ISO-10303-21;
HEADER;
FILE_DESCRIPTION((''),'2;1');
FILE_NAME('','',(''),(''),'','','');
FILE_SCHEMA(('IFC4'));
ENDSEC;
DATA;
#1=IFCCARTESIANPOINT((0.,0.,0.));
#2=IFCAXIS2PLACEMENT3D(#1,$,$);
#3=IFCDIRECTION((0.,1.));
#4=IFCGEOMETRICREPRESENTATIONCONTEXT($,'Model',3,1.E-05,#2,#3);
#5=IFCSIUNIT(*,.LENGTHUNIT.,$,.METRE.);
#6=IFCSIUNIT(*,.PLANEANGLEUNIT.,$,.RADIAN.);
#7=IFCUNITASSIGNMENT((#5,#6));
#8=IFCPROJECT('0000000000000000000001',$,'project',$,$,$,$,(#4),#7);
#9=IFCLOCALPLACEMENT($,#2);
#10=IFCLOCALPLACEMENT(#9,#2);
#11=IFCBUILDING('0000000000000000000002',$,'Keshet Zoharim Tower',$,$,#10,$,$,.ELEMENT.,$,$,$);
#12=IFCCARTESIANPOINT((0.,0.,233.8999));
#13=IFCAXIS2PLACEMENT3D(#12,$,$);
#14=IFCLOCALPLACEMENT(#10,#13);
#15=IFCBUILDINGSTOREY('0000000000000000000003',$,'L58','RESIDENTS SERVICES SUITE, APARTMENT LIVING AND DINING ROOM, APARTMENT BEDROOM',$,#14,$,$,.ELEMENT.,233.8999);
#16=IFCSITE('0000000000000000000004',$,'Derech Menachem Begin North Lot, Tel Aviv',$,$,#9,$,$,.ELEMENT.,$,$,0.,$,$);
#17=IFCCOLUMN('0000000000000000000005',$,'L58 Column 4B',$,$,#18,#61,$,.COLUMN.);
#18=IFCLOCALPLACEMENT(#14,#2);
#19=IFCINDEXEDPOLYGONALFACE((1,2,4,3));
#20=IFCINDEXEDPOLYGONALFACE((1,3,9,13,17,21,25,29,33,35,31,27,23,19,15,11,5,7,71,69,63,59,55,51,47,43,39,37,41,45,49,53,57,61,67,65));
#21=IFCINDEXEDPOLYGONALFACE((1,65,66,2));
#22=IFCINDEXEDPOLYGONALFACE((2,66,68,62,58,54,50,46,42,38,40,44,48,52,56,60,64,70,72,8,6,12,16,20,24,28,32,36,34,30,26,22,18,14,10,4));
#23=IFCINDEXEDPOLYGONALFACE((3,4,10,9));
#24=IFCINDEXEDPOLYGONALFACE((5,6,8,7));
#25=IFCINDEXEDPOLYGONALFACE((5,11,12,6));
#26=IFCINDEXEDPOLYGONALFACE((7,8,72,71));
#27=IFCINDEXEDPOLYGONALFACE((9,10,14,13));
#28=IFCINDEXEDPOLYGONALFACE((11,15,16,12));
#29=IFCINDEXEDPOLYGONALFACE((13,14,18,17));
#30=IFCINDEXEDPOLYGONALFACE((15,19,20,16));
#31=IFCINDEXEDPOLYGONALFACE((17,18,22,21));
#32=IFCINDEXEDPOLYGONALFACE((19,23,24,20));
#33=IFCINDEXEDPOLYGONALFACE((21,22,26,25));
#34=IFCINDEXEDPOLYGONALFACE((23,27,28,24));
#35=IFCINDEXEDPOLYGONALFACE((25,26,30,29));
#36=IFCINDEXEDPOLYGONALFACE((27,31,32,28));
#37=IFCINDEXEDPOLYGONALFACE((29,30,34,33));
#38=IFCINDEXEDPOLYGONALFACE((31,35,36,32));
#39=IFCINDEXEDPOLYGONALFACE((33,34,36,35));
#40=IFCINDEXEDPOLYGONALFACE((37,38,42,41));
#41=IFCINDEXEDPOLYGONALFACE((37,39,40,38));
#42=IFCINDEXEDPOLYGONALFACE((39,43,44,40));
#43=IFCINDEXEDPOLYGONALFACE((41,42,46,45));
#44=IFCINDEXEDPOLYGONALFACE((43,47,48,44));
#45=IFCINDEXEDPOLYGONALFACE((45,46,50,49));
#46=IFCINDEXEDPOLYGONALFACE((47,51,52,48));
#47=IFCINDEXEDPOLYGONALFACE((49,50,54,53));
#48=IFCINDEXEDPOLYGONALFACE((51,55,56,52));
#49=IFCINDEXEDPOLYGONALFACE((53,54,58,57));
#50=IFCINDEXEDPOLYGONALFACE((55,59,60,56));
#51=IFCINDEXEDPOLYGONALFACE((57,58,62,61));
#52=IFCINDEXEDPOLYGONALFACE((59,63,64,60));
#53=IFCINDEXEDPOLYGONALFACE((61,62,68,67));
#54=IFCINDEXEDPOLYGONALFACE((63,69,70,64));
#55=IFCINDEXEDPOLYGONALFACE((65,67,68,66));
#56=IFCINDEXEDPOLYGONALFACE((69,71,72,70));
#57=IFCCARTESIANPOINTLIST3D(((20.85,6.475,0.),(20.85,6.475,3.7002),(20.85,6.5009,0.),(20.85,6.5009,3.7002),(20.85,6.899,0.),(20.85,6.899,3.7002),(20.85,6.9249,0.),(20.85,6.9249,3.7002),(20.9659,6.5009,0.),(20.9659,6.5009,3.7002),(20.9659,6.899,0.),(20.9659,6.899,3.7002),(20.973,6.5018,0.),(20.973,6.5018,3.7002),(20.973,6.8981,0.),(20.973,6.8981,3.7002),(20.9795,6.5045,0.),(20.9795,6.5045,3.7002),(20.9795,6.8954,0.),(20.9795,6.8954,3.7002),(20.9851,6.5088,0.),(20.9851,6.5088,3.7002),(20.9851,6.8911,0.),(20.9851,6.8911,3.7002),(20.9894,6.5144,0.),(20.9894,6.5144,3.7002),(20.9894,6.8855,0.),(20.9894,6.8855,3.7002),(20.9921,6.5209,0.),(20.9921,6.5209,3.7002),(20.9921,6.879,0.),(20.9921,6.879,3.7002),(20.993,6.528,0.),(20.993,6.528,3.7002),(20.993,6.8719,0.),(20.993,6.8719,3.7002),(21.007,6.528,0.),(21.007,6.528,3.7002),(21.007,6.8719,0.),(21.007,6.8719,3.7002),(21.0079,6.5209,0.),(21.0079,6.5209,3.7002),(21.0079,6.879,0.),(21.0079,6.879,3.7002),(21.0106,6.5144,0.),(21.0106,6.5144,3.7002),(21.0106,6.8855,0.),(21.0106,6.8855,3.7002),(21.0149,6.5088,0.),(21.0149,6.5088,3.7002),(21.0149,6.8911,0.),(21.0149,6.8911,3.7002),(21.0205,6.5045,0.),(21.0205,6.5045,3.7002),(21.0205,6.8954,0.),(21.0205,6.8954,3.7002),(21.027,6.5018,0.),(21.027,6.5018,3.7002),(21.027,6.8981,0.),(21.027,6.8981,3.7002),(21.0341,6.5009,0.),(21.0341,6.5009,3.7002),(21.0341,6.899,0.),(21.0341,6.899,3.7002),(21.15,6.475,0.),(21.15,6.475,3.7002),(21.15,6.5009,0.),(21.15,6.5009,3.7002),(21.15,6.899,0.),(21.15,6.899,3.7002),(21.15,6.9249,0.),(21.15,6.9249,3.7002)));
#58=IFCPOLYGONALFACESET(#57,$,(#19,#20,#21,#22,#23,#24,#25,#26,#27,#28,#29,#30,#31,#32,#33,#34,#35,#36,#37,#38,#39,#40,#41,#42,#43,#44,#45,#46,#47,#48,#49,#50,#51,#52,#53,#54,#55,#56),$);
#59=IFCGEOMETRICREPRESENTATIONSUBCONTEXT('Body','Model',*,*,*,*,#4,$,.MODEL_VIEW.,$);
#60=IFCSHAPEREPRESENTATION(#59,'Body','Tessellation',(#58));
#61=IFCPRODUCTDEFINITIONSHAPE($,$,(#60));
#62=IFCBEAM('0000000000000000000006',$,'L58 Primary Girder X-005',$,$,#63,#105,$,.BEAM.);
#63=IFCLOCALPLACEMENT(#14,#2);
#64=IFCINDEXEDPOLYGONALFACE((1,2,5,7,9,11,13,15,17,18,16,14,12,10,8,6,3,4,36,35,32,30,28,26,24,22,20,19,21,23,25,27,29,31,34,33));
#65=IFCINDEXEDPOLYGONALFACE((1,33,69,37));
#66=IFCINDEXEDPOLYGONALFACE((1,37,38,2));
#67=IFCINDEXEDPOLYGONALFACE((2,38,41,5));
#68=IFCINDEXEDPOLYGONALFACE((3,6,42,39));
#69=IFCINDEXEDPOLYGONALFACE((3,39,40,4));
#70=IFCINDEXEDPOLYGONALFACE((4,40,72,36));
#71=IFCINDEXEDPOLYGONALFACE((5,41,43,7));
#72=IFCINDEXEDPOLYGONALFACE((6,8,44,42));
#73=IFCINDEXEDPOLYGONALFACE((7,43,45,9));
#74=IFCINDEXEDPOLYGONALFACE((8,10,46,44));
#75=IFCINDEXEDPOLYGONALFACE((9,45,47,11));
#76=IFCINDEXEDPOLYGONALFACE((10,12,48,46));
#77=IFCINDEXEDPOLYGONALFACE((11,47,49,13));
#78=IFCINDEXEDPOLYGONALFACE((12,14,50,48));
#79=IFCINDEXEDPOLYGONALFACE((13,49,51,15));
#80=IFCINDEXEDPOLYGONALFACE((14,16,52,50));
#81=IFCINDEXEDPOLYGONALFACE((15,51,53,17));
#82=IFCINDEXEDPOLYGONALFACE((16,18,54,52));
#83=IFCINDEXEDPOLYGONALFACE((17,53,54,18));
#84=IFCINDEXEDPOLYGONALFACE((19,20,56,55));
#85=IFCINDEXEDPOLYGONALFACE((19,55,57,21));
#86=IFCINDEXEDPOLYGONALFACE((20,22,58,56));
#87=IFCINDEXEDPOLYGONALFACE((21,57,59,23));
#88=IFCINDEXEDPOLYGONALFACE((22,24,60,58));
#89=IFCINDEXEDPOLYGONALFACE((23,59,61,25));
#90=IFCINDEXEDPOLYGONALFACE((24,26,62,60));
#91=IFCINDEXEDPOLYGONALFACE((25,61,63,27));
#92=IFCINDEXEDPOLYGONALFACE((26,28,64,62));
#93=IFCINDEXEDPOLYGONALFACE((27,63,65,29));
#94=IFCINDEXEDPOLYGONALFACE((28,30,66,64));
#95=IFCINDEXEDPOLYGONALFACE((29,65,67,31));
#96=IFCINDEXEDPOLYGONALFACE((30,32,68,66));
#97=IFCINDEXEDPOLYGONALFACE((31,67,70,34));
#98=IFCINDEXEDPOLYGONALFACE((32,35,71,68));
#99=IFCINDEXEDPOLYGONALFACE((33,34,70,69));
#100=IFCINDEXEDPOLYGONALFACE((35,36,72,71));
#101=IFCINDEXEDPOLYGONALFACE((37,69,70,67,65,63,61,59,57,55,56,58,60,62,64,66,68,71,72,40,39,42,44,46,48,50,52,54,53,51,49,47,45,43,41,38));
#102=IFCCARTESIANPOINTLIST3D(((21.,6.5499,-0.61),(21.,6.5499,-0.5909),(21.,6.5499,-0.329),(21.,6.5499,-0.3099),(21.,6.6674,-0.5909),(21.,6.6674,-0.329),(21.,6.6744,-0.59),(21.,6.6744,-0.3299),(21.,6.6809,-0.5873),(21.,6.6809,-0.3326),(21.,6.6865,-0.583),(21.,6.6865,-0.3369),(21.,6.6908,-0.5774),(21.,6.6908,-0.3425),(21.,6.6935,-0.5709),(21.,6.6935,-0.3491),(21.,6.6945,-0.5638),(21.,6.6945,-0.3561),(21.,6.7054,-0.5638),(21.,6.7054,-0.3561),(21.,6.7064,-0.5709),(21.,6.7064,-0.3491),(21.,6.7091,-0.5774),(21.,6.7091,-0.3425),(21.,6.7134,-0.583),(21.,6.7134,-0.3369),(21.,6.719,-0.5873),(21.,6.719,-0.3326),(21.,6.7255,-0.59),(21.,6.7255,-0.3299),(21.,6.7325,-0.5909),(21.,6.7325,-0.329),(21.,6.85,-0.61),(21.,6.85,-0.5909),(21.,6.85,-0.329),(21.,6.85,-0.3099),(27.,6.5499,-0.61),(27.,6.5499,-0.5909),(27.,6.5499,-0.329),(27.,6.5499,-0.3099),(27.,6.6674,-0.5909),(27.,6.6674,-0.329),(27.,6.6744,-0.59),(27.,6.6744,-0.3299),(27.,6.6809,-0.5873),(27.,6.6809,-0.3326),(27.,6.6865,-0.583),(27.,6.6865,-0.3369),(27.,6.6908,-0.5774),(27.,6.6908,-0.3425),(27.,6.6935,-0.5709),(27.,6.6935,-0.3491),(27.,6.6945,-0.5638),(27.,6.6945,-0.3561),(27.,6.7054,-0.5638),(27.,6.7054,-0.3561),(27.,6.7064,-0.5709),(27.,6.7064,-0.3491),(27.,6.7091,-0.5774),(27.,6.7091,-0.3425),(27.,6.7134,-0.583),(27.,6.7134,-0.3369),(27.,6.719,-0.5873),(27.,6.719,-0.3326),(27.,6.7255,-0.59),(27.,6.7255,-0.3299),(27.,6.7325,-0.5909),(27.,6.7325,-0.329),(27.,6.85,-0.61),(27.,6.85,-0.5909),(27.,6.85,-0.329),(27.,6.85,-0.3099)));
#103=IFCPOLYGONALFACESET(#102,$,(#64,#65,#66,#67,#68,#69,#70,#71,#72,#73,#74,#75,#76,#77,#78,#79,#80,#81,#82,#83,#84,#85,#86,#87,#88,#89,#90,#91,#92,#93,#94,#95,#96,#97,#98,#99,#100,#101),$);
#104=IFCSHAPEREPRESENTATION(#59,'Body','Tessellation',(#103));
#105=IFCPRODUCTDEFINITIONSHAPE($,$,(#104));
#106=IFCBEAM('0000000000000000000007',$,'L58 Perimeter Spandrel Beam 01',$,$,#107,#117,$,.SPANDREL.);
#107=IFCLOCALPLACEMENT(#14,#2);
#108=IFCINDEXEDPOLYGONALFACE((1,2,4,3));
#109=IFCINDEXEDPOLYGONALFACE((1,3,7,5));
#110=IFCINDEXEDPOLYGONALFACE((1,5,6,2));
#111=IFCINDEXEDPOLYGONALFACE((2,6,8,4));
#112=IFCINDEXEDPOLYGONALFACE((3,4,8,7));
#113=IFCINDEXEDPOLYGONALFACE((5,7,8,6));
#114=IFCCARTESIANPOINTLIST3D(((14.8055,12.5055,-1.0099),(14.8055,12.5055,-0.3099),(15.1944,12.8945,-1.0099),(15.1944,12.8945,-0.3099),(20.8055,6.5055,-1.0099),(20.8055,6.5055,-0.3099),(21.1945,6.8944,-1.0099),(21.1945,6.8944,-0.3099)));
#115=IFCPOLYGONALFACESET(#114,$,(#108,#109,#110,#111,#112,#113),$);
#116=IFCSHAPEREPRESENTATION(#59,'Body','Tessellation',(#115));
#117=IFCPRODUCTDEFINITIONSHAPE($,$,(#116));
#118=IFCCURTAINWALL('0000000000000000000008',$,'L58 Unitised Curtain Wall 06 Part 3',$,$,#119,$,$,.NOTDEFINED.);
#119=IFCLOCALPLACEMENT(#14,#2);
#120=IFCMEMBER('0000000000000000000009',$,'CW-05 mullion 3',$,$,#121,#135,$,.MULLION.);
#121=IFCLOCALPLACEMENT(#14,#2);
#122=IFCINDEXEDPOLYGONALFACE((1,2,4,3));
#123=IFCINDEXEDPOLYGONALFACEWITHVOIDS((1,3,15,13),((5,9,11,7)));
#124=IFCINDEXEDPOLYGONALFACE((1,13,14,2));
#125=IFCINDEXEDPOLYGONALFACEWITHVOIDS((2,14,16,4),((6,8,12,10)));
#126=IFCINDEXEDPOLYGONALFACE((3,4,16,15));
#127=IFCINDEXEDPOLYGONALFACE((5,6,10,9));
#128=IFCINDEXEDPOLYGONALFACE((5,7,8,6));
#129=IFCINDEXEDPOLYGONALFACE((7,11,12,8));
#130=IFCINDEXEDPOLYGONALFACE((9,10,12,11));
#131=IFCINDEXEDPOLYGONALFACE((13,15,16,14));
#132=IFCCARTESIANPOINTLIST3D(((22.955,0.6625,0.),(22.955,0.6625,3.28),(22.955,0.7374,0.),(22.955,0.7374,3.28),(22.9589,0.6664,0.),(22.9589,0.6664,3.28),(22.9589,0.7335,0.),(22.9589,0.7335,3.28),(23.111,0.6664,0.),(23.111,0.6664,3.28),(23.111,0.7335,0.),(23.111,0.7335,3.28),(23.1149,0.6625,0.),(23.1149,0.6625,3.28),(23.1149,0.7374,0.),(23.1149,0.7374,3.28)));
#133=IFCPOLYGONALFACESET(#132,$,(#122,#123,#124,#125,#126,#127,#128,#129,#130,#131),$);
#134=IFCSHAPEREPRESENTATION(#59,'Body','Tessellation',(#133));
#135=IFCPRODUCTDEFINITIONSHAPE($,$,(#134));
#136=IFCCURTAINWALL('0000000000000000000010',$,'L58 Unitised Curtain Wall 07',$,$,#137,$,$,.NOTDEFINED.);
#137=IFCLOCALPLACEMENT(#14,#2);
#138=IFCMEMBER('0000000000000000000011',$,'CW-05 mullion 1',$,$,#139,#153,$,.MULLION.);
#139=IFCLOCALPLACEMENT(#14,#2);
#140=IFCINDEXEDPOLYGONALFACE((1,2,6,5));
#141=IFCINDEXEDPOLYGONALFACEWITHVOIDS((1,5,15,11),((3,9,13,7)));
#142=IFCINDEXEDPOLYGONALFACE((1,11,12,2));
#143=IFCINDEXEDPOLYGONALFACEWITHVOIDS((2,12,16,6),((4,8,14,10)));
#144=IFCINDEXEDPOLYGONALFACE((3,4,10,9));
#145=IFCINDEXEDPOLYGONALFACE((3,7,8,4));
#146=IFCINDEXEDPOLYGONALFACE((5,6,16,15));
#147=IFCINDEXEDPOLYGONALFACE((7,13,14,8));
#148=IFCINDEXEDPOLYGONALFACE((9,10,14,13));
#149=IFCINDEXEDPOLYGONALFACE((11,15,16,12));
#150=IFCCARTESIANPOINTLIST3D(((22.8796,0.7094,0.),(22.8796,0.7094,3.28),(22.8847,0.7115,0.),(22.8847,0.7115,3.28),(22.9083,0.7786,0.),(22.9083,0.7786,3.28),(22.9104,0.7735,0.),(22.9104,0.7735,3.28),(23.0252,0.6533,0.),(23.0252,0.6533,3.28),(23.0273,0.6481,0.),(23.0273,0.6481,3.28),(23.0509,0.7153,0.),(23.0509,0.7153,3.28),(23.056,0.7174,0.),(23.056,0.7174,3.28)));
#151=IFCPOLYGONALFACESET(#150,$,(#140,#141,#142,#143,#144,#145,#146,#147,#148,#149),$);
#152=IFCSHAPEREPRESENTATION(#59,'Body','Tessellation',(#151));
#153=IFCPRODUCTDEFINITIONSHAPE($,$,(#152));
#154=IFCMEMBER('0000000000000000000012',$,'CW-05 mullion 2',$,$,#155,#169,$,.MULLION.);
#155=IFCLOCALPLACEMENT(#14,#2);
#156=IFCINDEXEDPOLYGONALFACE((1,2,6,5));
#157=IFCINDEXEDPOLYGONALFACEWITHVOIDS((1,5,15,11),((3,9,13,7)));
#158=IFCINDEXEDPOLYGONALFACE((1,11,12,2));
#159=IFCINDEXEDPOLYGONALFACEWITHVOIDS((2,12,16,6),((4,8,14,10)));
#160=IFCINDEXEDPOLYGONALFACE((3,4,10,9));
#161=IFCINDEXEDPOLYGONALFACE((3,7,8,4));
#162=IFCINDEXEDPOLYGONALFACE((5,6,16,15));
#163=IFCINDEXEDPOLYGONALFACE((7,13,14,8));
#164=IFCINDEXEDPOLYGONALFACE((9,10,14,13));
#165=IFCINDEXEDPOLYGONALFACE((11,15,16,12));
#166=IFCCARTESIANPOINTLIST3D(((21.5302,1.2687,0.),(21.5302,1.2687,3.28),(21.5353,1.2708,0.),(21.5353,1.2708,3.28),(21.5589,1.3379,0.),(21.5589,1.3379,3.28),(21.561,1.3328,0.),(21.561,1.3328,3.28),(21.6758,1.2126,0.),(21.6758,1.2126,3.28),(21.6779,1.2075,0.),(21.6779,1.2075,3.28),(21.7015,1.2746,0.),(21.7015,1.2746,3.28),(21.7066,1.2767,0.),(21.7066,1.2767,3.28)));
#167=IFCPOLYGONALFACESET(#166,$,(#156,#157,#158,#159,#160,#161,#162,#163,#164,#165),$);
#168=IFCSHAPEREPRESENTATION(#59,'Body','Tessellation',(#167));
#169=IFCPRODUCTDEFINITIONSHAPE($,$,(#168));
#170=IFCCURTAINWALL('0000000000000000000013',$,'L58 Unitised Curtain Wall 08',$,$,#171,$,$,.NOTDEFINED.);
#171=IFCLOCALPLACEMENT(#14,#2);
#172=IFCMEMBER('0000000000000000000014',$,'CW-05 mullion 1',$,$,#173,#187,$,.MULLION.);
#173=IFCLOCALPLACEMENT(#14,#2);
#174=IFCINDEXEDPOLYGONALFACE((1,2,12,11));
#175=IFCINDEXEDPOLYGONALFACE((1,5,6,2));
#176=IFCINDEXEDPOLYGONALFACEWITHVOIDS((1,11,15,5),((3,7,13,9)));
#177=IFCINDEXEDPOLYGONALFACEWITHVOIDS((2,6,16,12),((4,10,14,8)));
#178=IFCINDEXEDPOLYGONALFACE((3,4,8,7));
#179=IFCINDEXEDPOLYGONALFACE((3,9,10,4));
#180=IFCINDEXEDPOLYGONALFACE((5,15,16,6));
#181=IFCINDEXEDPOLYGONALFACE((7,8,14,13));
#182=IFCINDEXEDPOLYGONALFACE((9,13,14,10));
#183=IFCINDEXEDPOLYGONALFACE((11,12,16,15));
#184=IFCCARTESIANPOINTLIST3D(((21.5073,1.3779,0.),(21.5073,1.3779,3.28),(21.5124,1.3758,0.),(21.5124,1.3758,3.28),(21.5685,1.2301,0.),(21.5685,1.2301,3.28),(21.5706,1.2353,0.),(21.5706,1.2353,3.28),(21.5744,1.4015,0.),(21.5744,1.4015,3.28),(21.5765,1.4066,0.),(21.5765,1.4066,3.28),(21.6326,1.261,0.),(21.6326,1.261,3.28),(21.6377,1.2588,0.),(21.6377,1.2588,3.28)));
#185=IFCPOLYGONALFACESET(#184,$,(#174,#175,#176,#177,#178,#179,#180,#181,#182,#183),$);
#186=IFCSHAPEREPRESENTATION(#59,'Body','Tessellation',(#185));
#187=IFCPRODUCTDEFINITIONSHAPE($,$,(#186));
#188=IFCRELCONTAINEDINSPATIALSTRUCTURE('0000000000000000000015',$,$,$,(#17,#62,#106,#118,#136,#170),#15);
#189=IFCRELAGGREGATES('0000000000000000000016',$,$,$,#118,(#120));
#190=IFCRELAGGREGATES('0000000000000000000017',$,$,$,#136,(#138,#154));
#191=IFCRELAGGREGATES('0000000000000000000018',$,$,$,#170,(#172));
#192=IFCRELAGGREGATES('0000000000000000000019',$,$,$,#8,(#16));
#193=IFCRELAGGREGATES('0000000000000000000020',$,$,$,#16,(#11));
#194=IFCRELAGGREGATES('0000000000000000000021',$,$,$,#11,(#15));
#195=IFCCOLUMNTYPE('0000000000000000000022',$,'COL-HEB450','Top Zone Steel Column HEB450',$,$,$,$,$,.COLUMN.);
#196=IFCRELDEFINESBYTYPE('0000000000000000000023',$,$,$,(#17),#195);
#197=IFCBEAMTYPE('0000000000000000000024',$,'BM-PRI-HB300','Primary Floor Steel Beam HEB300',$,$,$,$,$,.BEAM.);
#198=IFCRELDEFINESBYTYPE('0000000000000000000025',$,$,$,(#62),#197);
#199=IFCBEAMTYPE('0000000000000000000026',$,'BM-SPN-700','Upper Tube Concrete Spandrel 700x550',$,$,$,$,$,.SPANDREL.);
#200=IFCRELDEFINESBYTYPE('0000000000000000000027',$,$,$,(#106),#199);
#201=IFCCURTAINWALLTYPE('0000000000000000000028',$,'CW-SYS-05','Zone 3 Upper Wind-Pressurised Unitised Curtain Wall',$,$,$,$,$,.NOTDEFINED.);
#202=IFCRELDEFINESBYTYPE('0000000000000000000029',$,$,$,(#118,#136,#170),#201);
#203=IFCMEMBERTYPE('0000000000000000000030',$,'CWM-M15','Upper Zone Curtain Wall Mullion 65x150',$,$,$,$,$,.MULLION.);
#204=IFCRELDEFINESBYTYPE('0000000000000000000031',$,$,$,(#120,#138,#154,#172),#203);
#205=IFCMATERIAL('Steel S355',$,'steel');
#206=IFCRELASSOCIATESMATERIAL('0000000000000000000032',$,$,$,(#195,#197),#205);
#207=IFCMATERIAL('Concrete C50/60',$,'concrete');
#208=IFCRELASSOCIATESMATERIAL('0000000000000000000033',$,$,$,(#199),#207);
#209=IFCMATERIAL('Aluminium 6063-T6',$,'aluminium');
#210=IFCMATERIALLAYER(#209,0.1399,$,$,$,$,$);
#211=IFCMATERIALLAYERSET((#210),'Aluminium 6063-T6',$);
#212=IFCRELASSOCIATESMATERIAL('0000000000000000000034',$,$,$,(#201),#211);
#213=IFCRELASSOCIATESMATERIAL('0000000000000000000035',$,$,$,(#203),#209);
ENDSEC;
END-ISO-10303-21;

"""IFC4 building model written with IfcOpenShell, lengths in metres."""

from ifc_helpers import new_model, si_unit, direction, frame, origin, origin_2d, place, context, subcontext, project, spatial, rectangle, hollow_rectangle, i_section, extrude, material, layer, layer_set, material_profile, profile_set, type_object, element, aggregate, save


model = new_model("IFC4")

# Units and contexts
model_context = context("Model", 3, precision=1e-05, world=origin(), true_north=direction((0.0, 1.0)))
body_context = subcontext(model_context, "Body", "Model", "MODEL_VIEW")
ifc_project = project(units=[si_unit("LENGTHUNIT", "METRE"), si_unit("PLANEANGLEUNIT", "RADIAN")], contexts=[model_context])

# Site, building, storey
site_placement = place(None, origin())
site = spatial("IfcSite", under=ifc_project, at=site_placement, Name="Derech Menachem Begin North Lot, Tel Aviv", CompositionType="ELEMENT", RefElevation=0.0)
building_placement = place(site_placement, origin())
building = spatial("IfcBuilding", under=site, at=building_placement, Name="Keshet Zoharim Tower", CompositionType="ELEMENT")
storey_placement = place(building_placement, frame((0.0, 0.0, 233.8999)))
storey = spatial("IfcBuildingStorey", under=building, at=storey_placement, Name="L58", Description="RESIDENTS SERVICES SUITE, APARTMENT LIVING AND DINING ROOM, APARTMENT BEDROOM", CompositionType="ELEMENT", Elevation=233.8999)

# Column
ifc_material_1 = material(Name="Steel S355", Category="steel")
ifc_material_profile_1 = material_profile(ifc_material_1, i_section(OverallWidth=0.3, OverallDepth=0.45, WebThickness=0.0139, FlangeThickness=0.0259, FilletRadius=0.0271, at=origin_2d()), Name="HEB450")
ifc_profile_set_1 = profile_set([ifc_material_profile_1], Name="Steel S355")
column_type = type_object("IfcColumnType", Name="COL-HEB450", Description="Top Zone Steel Column HEB450", PredefinedType="COLUMN", material=ifc_profile_set_1)
column_placement = place(storey_placement, frame((21.0, 6.7, 0.0), z_axis=(0.0, 0.0, 1.0), x_axis=(1.0, 0.0, 0.0)))
element("IfcColumn", 1, at=column_placement, inside=storey, type_object=column_type, Name="L58 Column 4B", PredefinedType="COLUMN", context=body_context, shape_type="SweptSolid", body=[
    extrude(i_section(OverallWidth=0.3, OverallDepth=0.45, WebThickness=0.0139, FlangeThickness=0.0259, FilletRadius=0.0271, at=origin_2d()), origin(), (0.0, 0.0, 1.0), 3.7002),
])

# Beams
ifc_material_profile_2 = material_profile(ifc_material_1, i_section(OverallWidth=0.3, OverallDepth=0.3, WebThickness=0.011, FlangeThickness=0.019, FilletRadius=0.0271, at=origin_2d()), Name="HEB300")
ifc_profile_set_2 = profile_set([ifc_material_profile_2], Name="Steel S355")
beam_type_1 = type_object("IfcBeamType", Name="BM-PRI-HB300", Description="Primary Floor Steel Beam HEB300", PredefinedType="BEAM", material=ifc_profile_set_2)
beam_1_placement = place(storey_placement, frame((21.0, 6.7, -0.46), z_axis=(1.0, 0.0, 0.0), x_axis=(0.0, 1.0, 0.0)))
element("IfcBeam", 2, at=beam_1_placement, inside=storey, type_object=beam_type_1, Name="L58 Primary Girder X-005", PredefinedType="BEAM", context=body_context, shape_type="SweptSolid", body=[
    extrude(i_section(OverallWidth=0.3, OverallDepth=0.3, WebThickness=0.011, FlangeThickness=0.019, FilletRadius=0.0271, at=origin_2d()), origin(), (0.0, 0.0, 1.0), 6.0),
])
ifc_material_2 = material(Name="Concrete C50/60", Category="concrete")
ifc_material_profile_3 = material_profile(ifc_material_2, rectangle(XDim=0.55, YDim=0.7, at=origin_2d()), Name="RC700x550")
ifc_profile_set_3 = profile_set([ifc_material_profile_3], Name="Concrete C50/60")
beam_type_2 = type_object("IfcBeamType", Name="BM-SPN-700", Description="Upper Tube Concrete Spandrel 700x550", PredefinedType="SPANDREL", material=ifc_profile_set_3)
beam_2_placement = place(storey_placement, frame((21.0, 6.7, -0.6599), z_axis=(-0.707107, 0.707107, 0.0), x_axis=(-0.707107, -0.707107, 0.0)))
element("IfcBeam", 3, at=beam_2_placement, inside=storey, type_object=beam_type_2, Name="L58 Perimeter Spandrel Beam 01", PredefinedType="SPANDREL", context=body_context, shape_type="SweptSolid", body=[
    extrude(rectangle(XDim=0.55, YDim=0.7, at=origin_2d()), origin(), (0.0, 0.0, 1.0), 8.4854),
])

# Curtain wall, member
ifc_material_3 = material(Name="Aluminium 6063-T6", Category="aluminium")
ifc_layer_1 = layer(ifc_material_3, 0.1399)
ifc_layer_set_1 = layer_set([ifc_layer_1], Name="Aluminium 6063-T6")
curtain_wall_type = type_object("IfcCurtainWallType", Name="CW-SYS-05", Description="Zone 3 Upper Wind-Pressurised Unitised Curtain Wall", PredefinedType="NOTDEFINED", material=ifc_layer_set_1)
curtain_wall_1_placement = place(storey_placement, origin())
curtain_wall_1 = element("IfcCurtainWall", 4, at=curtain_wall_1_placement, inside=storey, type_object=curtain_wall_type, Name="L58 Unitised Curtain Wall 06 Part 3", PredefinedType="NOTDEFINED")
ifc_material_profile_4 = material_profile(ifc_material_3, hollow_rectangle(XDim=0.075, YDim=0.1599, WallThickness=0.0039, at=origin_2d()), Name="MUL-75x160")
ifc_profile_set_4 = profile_set([ifc_material_profile_4], Name="Aluminium 6063-T6")
member_type_1 = type_object("IfcMemberType", Name="CWM-M15", Description="Upper Zone Curtain Wall Mullion 65x150", PredefinedType="MULLION", material=ifc_profile_set_4)
member_1_placement = place(storey_placement, frame((23.0349, 0.7, 0.0), z_axis=(0.0, 0.0, 1.0), x_axis=(0.0, -1.0, 0.0)))
member_1 = element("IfcMember", 5, at=member_1_placement, type_object=member_type_1, Name="CW-05 mullion 3", PredefinedType="MULLION", context=body_context, shape_type="SweptSolid", body=[
    extrude(hollow_rectangle(XDim=0.075, YDim=0.1599, WallThickness=0.0039, at=origin_2d()), origin(), (0.0, 0.0, 1.0), 3.28),
])
aggregate(curtain_wall_1, [member_1])

# Curtain walls, members
curtain_wall_2_placement = place(storey_placement, origin())
curtain_wall_2 = element("IfcCurtainWall", 6, at=curtain_wall_2_placement, inside=storey, type_object=curtain_wall_type, Name="L58 Unitised Curtain Wall 07", PredefinedType="NOTDEFINED")
member_2_placement = place(storey_placement, frame((22.9678, 0.7134, 0.0), z_axis=(0.0, 0.0, 1.0), x_axis=(-0.382852, -0.92381, 0.0)))
member_2 = element("IfcMember", 7, at=member_2_placement, type_object=member_type_1, Name="CW-05 mullion 1", PredefinedType="MULLION", context=body_context, shape_type="SweptSolid", body=[
    extrude(hollow_rectangle(XDim=0.075, YDim=0.1599, WallThickness=0.0039, at=origin_2d()), origin(), (0.0, 0.0, 1.0), 3.28),
])
member_3_placement = place(storey_placement, frame((21.6184, 1.2727, 0.0), z_axis=(0.0, 0.0, 1.0), x_axis=(-0.382852, -0.92381, 0.0)))
member_3 = element("IfcMember", 8, at=member_3_placement, type_object=member_type_1, Name="CW-05 mullion 2", PredefinedType="MULLION", context=body_context, shape_type="SweptSolid", body=[
    extrude(hollow_rectangle(XDim=0.075, YDim=0.1599, WallThickness=0.0039, at=origin_2d()), origin(), (0.0, 0.0, 1.0), 3.28),
])
curtain_wall_3_placement = place(storey_placement, origin())
curtain_wall_3 = element("IfcCurtainWall", 9, at=curtain_wall_3_placement, inside=storey, type_object=curtain_wall_type, Name="L58 Unitised Curtain Wall 08", PredefinedType="NOTDEFINED")
member_4_placement = place(storey_placement, frame((21.5725, 1.3184, 0.0), z_axis=(0.0, 0.0, 1.0), x_axis=(-0.92381, -0.382852, 0.0)))
member_4 = element("IfcMember", 10, at=member_4_placement, type_object=member_type_1, Name="CW-05 mullion 1", PredefinedType="MULLION", context=body_context, shape_type="SweptSolid", body=[
    extrude(hollow_rectangle(XDim=0.075, YDim=0.1599, WallThickness=0.0039, at=origin_2d()), origin(), (0.0, 0.0, 1.0), 3.28),
])

aggregate(curtain_wall_2, [member_2, member_3])
aggregate(curtain_wall_3, [member_4])

save(model, "model.ifc")
